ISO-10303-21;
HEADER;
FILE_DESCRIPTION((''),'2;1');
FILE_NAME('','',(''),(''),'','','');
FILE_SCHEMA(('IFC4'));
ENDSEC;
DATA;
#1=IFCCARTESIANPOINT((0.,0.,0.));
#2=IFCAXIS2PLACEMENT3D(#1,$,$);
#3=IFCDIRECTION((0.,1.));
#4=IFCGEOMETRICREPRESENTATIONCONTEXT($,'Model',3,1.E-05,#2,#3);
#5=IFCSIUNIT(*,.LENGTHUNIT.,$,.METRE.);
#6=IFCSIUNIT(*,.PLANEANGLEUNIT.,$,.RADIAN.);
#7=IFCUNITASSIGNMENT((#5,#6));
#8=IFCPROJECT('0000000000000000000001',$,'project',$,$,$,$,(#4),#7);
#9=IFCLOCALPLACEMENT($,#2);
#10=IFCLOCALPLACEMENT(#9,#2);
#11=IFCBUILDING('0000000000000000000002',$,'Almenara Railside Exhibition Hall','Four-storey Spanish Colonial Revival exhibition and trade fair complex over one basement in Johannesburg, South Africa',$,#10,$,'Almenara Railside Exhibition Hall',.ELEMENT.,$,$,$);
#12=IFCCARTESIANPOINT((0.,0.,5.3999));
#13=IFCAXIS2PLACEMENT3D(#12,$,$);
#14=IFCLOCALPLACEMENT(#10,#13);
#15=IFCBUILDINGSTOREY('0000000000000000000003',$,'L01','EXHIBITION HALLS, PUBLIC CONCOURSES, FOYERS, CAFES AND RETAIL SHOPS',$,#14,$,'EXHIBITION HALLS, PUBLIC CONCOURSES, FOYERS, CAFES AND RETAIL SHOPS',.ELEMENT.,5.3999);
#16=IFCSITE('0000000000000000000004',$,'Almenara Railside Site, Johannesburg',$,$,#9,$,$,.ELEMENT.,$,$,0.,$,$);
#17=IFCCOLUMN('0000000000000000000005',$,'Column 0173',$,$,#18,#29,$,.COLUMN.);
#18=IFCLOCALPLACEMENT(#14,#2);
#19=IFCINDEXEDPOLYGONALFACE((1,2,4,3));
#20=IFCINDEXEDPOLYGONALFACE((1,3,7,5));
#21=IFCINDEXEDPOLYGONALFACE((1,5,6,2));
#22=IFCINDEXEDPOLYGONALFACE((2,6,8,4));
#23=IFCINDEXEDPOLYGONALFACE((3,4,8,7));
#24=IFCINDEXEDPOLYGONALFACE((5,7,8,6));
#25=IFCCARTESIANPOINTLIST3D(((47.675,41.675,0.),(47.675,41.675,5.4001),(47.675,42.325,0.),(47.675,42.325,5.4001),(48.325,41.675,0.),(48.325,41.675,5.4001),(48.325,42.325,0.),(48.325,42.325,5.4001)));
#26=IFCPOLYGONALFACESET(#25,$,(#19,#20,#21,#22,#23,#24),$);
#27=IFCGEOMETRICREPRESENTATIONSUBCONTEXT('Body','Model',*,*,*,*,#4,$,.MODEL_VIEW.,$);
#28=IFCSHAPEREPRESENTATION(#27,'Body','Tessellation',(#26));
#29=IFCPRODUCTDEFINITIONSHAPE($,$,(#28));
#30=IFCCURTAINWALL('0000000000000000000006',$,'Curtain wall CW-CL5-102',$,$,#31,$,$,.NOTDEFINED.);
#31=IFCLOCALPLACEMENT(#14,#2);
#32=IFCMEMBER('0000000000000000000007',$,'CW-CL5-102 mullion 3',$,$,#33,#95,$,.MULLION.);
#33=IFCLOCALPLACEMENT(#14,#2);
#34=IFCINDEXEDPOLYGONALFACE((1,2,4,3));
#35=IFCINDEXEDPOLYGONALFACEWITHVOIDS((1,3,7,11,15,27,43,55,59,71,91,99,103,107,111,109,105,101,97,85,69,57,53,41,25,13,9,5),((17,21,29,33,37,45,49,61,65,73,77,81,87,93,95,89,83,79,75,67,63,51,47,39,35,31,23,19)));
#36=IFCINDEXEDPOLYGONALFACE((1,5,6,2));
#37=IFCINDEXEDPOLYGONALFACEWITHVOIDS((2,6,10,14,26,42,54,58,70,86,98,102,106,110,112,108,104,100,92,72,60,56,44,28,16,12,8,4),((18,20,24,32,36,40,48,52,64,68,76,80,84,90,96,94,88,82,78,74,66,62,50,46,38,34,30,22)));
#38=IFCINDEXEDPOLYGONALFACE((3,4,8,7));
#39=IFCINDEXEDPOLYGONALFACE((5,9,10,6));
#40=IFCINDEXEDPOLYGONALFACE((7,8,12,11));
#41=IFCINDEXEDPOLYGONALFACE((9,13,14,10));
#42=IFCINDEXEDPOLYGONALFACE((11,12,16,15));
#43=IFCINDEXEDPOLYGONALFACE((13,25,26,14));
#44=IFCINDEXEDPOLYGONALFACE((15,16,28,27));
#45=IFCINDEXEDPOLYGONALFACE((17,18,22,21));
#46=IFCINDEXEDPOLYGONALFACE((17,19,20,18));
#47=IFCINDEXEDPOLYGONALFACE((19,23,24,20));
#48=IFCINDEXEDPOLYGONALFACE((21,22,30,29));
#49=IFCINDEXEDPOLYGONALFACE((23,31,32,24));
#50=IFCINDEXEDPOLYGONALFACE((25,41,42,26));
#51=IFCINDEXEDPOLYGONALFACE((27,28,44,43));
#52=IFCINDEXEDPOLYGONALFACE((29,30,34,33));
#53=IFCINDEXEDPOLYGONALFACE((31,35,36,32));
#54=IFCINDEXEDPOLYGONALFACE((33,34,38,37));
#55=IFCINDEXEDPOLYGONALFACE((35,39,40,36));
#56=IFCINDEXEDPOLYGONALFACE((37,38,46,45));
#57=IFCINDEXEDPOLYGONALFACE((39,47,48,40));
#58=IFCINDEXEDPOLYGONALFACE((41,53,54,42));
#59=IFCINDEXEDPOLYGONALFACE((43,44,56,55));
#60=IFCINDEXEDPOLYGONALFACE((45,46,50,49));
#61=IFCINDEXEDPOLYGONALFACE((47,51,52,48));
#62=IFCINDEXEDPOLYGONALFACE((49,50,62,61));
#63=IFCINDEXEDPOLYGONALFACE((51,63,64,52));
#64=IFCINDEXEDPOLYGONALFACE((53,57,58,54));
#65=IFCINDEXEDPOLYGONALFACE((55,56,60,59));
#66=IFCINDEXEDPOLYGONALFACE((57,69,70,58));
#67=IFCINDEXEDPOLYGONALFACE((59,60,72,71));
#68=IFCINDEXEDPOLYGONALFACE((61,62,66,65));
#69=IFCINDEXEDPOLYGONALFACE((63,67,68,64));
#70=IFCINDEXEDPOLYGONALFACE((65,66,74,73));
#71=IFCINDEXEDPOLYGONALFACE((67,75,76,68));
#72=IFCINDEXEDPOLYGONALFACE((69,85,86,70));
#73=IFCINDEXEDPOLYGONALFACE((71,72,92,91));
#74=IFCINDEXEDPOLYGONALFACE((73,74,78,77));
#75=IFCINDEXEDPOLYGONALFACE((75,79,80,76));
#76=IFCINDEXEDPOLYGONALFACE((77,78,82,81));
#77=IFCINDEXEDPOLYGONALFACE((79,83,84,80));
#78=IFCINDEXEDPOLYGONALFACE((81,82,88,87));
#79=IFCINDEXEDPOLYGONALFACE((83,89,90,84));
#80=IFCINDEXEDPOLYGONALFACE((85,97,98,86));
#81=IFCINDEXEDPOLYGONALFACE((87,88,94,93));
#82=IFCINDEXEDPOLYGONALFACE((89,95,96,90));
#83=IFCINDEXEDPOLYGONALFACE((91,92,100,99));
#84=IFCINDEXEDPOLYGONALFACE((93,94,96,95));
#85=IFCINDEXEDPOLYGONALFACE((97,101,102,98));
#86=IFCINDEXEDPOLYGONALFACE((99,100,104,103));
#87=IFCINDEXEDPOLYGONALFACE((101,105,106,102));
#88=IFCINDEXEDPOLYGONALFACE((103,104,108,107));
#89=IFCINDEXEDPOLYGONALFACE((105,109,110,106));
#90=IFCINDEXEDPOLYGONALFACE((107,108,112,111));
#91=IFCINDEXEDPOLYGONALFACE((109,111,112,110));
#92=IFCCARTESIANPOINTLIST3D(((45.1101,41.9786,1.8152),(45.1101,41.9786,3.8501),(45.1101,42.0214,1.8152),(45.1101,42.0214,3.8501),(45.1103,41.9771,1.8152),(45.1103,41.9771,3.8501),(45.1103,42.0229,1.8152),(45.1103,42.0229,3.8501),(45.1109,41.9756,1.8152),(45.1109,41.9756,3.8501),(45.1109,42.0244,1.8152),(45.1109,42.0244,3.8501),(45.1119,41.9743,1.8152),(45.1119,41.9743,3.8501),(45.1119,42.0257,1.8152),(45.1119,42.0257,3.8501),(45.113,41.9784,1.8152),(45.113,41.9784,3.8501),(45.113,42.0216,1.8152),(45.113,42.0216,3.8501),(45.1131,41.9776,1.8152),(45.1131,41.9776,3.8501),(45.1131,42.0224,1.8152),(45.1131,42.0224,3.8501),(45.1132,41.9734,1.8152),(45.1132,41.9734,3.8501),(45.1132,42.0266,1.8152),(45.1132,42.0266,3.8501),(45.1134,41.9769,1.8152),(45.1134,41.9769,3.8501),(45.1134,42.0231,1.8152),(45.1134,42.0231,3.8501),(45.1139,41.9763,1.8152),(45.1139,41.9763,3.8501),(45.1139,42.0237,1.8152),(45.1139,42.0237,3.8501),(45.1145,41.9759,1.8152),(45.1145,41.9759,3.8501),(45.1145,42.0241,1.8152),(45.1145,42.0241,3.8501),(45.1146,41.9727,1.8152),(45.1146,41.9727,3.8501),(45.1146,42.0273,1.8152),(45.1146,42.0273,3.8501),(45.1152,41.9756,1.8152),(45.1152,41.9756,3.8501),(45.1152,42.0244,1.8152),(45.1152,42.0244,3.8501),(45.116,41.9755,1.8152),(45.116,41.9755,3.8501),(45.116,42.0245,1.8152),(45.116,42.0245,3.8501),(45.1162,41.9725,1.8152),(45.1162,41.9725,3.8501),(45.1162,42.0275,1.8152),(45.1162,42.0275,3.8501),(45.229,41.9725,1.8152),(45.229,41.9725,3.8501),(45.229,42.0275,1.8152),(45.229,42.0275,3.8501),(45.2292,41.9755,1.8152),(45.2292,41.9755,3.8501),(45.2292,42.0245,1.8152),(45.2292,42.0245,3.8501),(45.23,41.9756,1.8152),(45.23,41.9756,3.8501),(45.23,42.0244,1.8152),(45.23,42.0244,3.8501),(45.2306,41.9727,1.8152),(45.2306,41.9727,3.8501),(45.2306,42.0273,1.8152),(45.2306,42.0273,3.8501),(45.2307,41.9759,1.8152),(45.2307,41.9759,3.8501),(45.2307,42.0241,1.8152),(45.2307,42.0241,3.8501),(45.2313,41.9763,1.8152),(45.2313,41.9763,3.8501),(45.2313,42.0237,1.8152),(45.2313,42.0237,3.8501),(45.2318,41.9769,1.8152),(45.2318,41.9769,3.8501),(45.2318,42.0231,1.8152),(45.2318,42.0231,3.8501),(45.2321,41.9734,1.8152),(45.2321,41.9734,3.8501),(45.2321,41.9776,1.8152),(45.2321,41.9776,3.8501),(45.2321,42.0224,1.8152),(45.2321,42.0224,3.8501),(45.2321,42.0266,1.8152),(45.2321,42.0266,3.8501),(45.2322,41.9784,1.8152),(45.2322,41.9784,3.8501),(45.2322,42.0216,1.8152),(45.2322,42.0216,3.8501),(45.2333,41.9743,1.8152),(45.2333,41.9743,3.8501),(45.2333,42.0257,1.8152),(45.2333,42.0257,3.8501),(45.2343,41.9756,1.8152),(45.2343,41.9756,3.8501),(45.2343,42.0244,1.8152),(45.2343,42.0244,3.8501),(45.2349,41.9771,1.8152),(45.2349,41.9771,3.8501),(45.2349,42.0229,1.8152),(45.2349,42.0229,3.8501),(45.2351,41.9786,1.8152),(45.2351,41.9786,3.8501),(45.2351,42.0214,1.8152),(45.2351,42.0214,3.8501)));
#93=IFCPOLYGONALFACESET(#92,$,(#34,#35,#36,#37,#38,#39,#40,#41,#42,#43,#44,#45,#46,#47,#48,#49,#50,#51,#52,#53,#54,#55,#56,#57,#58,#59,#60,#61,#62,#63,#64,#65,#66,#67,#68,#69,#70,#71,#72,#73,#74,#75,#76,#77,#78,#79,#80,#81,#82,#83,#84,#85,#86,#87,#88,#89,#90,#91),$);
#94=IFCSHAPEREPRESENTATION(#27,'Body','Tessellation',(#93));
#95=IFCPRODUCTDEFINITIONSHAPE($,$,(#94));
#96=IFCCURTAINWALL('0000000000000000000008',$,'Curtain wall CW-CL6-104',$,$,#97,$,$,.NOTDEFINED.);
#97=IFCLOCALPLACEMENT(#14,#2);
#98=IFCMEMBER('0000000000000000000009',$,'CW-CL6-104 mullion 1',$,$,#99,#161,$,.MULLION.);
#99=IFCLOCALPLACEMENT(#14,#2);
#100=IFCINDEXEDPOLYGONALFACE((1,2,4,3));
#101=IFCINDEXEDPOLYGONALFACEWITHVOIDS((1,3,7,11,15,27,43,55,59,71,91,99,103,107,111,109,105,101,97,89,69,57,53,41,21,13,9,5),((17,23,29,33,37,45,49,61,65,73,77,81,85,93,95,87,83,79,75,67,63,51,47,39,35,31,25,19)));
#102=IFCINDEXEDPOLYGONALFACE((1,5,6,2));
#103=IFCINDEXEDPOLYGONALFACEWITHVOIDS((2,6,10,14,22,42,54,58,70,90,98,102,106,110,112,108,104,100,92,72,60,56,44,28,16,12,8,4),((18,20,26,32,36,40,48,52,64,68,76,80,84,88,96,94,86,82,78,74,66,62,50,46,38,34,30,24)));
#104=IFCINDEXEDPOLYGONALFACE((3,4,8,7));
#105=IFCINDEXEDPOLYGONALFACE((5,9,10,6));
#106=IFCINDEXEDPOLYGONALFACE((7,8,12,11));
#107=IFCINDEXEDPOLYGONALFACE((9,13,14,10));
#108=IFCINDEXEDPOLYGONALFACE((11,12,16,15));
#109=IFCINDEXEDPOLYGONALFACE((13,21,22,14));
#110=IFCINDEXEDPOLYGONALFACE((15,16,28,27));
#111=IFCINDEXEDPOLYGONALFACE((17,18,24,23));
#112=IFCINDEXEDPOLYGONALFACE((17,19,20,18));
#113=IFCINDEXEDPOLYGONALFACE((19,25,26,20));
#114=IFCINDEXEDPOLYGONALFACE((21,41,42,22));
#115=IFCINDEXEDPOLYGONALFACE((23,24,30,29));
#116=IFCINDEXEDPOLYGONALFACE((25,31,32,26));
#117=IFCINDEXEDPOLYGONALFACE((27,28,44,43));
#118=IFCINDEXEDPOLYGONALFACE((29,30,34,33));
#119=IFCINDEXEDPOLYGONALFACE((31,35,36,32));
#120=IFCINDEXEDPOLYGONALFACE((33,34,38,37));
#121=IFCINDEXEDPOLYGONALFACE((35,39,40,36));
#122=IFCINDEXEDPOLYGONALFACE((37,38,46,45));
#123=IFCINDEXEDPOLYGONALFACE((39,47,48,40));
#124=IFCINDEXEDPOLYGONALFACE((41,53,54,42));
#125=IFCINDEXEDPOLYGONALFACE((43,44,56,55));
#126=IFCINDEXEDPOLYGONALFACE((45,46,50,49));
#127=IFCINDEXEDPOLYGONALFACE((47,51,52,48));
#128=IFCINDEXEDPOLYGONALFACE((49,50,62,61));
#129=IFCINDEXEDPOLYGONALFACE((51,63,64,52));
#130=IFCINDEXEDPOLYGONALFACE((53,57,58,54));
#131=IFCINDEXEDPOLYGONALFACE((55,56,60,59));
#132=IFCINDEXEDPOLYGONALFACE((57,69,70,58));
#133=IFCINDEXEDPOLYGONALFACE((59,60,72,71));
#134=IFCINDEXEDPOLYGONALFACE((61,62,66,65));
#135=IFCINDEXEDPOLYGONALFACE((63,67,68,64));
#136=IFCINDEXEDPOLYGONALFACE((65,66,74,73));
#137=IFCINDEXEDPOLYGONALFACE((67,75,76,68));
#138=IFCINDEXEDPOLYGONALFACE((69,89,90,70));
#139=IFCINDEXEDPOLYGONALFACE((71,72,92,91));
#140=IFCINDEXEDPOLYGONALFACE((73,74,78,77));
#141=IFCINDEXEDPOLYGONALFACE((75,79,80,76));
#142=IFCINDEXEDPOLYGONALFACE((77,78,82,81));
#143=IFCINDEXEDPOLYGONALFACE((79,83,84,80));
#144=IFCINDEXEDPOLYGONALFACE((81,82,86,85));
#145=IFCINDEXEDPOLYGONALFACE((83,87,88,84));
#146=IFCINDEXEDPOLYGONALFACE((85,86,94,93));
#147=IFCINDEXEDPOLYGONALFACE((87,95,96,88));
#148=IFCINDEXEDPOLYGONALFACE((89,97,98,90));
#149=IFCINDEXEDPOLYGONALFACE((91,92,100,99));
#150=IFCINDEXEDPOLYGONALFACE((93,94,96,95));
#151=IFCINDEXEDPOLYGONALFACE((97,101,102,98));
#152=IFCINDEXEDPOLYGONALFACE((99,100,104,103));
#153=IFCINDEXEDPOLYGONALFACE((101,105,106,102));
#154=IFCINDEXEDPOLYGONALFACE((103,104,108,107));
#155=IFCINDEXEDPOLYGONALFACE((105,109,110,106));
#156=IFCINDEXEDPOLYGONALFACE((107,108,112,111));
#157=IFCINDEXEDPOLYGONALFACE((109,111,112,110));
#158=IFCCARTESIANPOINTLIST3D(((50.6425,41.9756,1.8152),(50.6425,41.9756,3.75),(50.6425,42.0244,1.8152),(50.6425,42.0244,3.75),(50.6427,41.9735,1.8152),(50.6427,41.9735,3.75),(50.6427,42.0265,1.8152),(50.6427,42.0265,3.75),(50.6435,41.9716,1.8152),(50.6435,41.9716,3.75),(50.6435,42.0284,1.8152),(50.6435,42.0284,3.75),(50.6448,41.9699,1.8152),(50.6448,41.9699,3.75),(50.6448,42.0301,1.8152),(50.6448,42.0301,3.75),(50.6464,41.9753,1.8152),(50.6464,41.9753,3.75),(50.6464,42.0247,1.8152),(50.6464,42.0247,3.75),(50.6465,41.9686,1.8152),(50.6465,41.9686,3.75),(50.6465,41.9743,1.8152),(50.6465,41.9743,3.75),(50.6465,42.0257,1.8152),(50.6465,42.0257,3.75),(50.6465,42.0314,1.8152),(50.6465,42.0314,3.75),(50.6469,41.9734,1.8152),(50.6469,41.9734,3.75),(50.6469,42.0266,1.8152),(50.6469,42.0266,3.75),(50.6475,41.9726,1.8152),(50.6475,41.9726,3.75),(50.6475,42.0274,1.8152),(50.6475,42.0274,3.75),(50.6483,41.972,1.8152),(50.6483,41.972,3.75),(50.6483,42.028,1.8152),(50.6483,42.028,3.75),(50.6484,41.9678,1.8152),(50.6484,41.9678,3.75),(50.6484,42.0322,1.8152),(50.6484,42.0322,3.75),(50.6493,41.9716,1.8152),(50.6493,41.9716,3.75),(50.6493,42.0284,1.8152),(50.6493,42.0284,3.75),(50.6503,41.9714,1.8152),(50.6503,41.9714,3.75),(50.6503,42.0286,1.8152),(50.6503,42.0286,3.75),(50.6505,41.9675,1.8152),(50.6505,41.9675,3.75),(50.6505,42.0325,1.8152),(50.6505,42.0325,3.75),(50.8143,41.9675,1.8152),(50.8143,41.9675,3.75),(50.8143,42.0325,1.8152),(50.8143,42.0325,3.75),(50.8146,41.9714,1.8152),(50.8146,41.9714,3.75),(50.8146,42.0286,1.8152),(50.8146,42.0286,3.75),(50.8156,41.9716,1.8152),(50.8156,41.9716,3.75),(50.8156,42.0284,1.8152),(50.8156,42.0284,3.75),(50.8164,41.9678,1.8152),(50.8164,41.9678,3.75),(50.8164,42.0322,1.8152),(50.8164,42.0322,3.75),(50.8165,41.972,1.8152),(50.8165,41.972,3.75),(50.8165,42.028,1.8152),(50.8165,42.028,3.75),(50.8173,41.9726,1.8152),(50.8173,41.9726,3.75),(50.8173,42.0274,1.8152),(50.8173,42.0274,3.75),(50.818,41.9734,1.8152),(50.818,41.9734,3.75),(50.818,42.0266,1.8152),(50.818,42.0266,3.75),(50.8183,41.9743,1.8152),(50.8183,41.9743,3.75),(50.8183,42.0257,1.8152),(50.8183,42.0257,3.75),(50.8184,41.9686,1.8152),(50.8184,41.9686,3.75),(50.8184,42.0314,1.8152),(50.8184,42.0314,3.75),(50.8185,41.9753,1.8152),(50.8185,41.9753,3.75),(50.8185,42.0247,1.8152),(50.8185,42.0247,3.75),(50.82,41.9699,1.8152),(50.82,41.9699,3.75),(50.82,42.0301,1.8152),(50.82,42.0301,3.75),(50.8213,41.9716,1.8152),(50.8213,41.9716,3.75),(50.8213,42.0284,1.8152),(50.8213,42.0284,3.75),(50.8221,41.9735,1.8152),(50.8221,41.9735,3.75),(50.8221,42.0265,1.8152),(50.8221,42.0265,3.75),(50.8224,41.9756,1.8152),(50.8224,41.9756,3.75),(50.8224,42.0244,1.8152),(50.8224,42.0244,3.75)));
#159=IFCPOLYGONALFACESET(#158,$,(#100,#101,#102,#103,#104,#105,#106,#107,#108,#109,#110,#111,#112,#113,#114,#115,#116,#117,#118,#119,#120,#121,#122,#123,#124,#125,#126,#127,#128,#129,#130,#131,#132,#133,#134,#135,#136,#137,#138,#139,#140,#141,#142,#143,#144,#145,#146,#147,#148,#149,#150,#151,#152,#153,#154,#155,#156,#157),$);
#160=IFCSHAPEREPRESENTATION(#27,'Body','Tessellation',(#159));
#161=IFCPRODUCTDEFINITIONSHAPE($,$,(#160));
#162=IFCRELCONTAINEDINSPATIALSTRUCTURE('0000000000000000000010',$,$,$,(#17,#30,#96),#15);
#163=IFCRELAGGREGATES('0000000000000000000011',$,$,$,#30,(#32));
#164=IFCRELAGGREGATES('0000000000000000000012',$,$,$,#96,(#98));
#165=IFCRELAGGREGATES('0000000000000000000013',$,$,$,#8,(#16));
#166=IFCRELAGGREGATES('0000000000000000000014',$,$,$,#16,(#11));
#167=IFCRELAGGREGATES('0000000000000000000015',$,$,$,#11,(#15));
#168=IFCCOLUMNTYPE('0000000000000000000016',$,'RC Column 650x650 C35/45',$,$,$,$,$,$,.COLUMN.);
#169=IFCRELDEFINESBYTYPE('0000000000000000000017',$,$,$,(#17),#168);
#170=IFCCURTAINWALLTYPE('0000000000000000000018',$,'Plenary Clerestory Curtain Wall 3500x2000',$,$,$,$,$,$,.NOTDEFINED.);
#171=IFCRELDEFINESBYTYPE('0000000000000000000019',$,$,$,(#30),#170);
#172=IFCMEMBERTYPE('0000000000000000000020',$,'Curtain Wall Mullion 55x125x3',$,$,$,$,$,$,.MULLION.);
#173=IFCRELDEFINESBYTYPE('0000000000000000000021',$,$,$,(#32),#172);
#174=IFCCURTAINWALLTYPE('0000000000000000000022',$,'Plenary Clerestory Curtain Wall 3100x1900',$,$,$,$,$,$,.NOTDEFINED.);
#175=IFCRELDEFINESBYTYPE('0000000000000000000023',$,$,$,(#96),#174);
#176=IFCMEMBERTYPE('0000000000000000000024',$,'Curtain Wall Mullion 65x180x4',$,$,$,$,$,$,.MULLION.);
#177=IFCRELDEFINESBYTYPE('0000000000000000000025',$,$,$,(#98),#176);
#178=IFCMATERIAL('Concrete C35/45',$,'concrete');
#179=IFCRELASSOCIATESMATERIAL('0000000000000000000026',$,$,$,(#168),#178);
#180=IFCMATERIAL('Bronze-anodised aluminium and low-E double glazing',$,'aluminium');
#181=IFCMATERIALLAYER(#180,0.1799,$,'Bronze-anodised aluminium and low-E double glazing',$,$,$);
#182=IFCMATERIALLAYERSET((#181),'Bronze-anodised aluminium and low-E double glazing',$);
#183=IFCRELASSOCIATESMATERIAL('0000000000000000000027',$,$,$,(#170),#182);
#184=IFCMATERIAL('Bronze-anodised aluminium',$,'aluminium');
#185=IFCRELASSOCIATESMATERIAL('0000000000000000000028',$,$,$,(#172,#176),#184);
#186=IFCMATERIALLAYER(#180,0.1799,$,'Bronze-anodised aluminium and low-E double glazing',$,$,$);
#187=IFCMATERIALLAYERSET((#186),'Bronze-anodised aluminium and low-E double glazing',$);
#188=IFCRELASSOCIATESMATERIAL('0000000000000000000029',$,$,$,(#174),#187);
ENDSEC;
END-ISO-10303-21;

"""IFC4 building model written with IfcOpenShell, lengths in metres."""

from ifc_helpers import new_model, si_unit, direction, frame, origin, origin_2d, place, context, subcontext, project, spatial, rectangle, hollow_rectangle, extrude, material, layer, layer_set, material_profile, profile_set, type_object, element, aggregate, save


model = new_model("IFC4")

# Units and contexts
model_context = context("Model", 3, precision=1e-05, world=origin(), true_north=direction((0.0, 1.0)))
body_context = subcontext(model_context, "Body", "Model", "MODEL_VIEW")
ifc_project = project(units=[si_unit("LENGTHUNIT", "METRE"), si_unit("PLANEANGLEUNIT", "RADIAN")], contexts=[model_context])

# Site, building, storey
site_placement = place(None, origin())
site = spatial("IfcSite", under=ifc_project, at=site_placement, Name="Almenara Railside Site, Johannesburg", CompositionType="ELEMENT", RefElevation=0.0)
building_placement = place(site_placement, origin())
building = spatial("IfcBuilding", under=site, at=building_placement, Name="Almenara Railside Exhibition Hall", Description="Four-storey Spanish Colonial Revival exhibition and trade fair complex over one basement in Johannesburg, South Africa", LongName="Almenara Railside Exhibition Hall", CompositionType="ELEMENT")
storey_placement = place(building_placement, frame((0.0, 0.0, 5.3999)))
storey = spatial("IfcBuildingStorey", under=building, at=storey_placement, Name="L01", Description="EXHIBITION HALLS, PUBLIC CONCOURSES, FOYERS, CAFES AND RETAIL SHOPS", LongName="EXHIBITION HALLS, PUBLIC CONCOURSES, FOYERS, CAFES AND RETAIL SHOPS", CompositionType="ELEMENT", Elevation=5.3999)

# Column
ifc_material_1 = material(Name="Concrete C35/45", Category="concrete")
ifc_material_profile_1 = material_profile(ifc_material_1, rectangle(XDim=0.6499, YDim=0.6499, at=origin_2d()), Name="RC 650x650")
ifc_profile_set_1 = profile_set([ifc_material_profile_1], Name="Concrete C35/45")
column_type = type_object("IfcColumnType", Name="RC Column 650x650 C35/45", PredefinedType="COLUMN", material=ifc_profile_set_1)
column_placement = place(storey_placement, frame((48.0, 42.0, 0.0), z_axis=(0.0, 0.0, 1.0), x_axis=(1.0, 0.0, 0.0)))
element("IfcColumn", 1, at=column_placement, inside=storey, type_object=column_type, Name="Column 0173", PredefinedType="COLUMN", context=body_context, shape_type="SweptSolid", body=[
    extrude(rectangle(XDim=0.6499, YDim=0.6499, at=origin_2d()), origin(), (0.0, 0.0, 1.0), 5.4001),
])

# Curtain wall, member
ifc_material_2 = material(Name="Bronze-anodised aluminium and low-E double glazing", Category="aluminium")
ifc_layer_1 = layer(ifc_material_2, 0.1799, Name="Bronze-anodised aluminium and low-E double glazing")
ifc_layer_set_1 = layer_set([ifc_layer_1], Name="Bronze-anodised aluminium and low-E double glazing")
curtain_wall_type_1 = type_object("IfcCurtainWallType", Name="Plenary Clerestory Curtain Wall 3500x2000", PredefinedType="NOTDEFINED", material=ifc_layer_set_1)
curtain_wall_1_placement = place(storey_placement, origin())
curtain_wall_1 = element("IfcCurtainWall", 2, at=curtain_wall_1_placement, inside=storey, type_object=curtain_wall_type_1, Name="Curtain wall CW-CL5-102", PredefinedType="NOTDEFINED")
ifc_material_3 = material(Name="Bronze-anodised aluminium", Category="aluminium")
ifc_material_profile_2 = material_profile(ifc_material_3, hollow_rectangle(XDim=0.0549, YDim=0.125, WallThickness=0.0029, InnerFilletRadius=0.0029, OuterFilletRadius=0.0061, at=origin_2d()), Name="ALU-MUL 55x125x3")
ifc_profile_set_2 = profile_set([ifc_material_profile_2], Name="Bronze-anodised aluminium")
member_type_1 = type_object("IfcMemberType", Name="Curtain Wall Mullion 55x125x3", PredefinedType="MULLION", material=ifc_profile_set_2)
member_1_placement = place(storey_placement, frame((45.1726, 42.0, 1.8152), z_axis=(0.0, 0.0, 1.0), x_axis=(0.0, 1.0, 0.0)))
member_1 = element("IfcMember", 3, at=member_1_placement, type_object=member_type_1, Name="CW-CL5-102 mullion 3", PredefinedType="MULLION", context=body_context, shape_type="SweptSolid", body=[
    extrude(hollow_rectangle(XDim=0.0549, YDim=0.125, WallThickness=0.0029, InnerFilletRadius=0.0029, OuterFilletRadius=0.0061, at=origin_2d()), origin(), (0.0, 0.0, 1.0), 2.0349),
])
aggregate(curtain_wall_1, [member_1])

# Curtain wall, member
ifc_layer_2 = layer(ifc_material_2, 0.1799, Name="Bronze-anodised aluminium and low-E double glazing")
ifc_layer_set_2 = layer_set([ifc_layer_2], Name="Bronze-anodised aluminium and low-E double glazing")
curtain_wall_type_2 = type_object("IfcCurtainWallType", Name="Plenary Clerestory Curtain Wall 3100x1900", PredefinedType="NOTDEFINED", material=ifc_layer_set_2)
curtain_wall_2_placement = place(storey_placement, origin())
curtain_wall_2 = element("IfcCurtainWall", 4, at=curtain_wall_2_placement, inside=storey, type_object=curtain_wall_type_2, Name="Curtain wall CW-CL6-104", PredefinedType="NOTDEFINED")
ifc_material_profile_3 = material_profile(ifc_material_3, hollow_rectangle(XDim=0.0649, YDim=0.1799, WallThickness=0.0039, InnerFilletRadius=0.0039, OuterFilletRadius=0.0081, at=origin_2d()), Name="ALU-MUL 65x180x4")
ifc_profile_set_3 = profile_set([ifc_material_profile_3], Name="Bronze-anodised aluminium")
member_type_2 = type_object("IfcMemberType", Name="Curtain Wall Mullion 65x180x4", PredefinedType="MULLION", material=ifc_profile_set_3)
member_2_placement = place(storey_placement, frame((50.7324, 42.0, 1.8152), z_axis=(0.0, 0.0, 1.0), x_axis=(0.0, 1.0, 0.0)))
member_2 = element("IfcMember", 5, at=member_2_placement, type_object=member_type_2, Name="CW-CL6-104 mullion 1", PredefinedType="MULLION", context=body_context, shape_type="SweptSolid", body=[
    extrude(hollow_rectangle(XDim=0.0649, YDim=0.1799, WallThickness=0.0039, InnerFilletRadius=0.0039, OuterFilletRadius=0.0081, at=origin_2d()), origin(), (0.0, 0.0, 1.0), 1.9348),
])

aggregate(curtain_wall_2, [member_2])

save(model, "model.ifc")
